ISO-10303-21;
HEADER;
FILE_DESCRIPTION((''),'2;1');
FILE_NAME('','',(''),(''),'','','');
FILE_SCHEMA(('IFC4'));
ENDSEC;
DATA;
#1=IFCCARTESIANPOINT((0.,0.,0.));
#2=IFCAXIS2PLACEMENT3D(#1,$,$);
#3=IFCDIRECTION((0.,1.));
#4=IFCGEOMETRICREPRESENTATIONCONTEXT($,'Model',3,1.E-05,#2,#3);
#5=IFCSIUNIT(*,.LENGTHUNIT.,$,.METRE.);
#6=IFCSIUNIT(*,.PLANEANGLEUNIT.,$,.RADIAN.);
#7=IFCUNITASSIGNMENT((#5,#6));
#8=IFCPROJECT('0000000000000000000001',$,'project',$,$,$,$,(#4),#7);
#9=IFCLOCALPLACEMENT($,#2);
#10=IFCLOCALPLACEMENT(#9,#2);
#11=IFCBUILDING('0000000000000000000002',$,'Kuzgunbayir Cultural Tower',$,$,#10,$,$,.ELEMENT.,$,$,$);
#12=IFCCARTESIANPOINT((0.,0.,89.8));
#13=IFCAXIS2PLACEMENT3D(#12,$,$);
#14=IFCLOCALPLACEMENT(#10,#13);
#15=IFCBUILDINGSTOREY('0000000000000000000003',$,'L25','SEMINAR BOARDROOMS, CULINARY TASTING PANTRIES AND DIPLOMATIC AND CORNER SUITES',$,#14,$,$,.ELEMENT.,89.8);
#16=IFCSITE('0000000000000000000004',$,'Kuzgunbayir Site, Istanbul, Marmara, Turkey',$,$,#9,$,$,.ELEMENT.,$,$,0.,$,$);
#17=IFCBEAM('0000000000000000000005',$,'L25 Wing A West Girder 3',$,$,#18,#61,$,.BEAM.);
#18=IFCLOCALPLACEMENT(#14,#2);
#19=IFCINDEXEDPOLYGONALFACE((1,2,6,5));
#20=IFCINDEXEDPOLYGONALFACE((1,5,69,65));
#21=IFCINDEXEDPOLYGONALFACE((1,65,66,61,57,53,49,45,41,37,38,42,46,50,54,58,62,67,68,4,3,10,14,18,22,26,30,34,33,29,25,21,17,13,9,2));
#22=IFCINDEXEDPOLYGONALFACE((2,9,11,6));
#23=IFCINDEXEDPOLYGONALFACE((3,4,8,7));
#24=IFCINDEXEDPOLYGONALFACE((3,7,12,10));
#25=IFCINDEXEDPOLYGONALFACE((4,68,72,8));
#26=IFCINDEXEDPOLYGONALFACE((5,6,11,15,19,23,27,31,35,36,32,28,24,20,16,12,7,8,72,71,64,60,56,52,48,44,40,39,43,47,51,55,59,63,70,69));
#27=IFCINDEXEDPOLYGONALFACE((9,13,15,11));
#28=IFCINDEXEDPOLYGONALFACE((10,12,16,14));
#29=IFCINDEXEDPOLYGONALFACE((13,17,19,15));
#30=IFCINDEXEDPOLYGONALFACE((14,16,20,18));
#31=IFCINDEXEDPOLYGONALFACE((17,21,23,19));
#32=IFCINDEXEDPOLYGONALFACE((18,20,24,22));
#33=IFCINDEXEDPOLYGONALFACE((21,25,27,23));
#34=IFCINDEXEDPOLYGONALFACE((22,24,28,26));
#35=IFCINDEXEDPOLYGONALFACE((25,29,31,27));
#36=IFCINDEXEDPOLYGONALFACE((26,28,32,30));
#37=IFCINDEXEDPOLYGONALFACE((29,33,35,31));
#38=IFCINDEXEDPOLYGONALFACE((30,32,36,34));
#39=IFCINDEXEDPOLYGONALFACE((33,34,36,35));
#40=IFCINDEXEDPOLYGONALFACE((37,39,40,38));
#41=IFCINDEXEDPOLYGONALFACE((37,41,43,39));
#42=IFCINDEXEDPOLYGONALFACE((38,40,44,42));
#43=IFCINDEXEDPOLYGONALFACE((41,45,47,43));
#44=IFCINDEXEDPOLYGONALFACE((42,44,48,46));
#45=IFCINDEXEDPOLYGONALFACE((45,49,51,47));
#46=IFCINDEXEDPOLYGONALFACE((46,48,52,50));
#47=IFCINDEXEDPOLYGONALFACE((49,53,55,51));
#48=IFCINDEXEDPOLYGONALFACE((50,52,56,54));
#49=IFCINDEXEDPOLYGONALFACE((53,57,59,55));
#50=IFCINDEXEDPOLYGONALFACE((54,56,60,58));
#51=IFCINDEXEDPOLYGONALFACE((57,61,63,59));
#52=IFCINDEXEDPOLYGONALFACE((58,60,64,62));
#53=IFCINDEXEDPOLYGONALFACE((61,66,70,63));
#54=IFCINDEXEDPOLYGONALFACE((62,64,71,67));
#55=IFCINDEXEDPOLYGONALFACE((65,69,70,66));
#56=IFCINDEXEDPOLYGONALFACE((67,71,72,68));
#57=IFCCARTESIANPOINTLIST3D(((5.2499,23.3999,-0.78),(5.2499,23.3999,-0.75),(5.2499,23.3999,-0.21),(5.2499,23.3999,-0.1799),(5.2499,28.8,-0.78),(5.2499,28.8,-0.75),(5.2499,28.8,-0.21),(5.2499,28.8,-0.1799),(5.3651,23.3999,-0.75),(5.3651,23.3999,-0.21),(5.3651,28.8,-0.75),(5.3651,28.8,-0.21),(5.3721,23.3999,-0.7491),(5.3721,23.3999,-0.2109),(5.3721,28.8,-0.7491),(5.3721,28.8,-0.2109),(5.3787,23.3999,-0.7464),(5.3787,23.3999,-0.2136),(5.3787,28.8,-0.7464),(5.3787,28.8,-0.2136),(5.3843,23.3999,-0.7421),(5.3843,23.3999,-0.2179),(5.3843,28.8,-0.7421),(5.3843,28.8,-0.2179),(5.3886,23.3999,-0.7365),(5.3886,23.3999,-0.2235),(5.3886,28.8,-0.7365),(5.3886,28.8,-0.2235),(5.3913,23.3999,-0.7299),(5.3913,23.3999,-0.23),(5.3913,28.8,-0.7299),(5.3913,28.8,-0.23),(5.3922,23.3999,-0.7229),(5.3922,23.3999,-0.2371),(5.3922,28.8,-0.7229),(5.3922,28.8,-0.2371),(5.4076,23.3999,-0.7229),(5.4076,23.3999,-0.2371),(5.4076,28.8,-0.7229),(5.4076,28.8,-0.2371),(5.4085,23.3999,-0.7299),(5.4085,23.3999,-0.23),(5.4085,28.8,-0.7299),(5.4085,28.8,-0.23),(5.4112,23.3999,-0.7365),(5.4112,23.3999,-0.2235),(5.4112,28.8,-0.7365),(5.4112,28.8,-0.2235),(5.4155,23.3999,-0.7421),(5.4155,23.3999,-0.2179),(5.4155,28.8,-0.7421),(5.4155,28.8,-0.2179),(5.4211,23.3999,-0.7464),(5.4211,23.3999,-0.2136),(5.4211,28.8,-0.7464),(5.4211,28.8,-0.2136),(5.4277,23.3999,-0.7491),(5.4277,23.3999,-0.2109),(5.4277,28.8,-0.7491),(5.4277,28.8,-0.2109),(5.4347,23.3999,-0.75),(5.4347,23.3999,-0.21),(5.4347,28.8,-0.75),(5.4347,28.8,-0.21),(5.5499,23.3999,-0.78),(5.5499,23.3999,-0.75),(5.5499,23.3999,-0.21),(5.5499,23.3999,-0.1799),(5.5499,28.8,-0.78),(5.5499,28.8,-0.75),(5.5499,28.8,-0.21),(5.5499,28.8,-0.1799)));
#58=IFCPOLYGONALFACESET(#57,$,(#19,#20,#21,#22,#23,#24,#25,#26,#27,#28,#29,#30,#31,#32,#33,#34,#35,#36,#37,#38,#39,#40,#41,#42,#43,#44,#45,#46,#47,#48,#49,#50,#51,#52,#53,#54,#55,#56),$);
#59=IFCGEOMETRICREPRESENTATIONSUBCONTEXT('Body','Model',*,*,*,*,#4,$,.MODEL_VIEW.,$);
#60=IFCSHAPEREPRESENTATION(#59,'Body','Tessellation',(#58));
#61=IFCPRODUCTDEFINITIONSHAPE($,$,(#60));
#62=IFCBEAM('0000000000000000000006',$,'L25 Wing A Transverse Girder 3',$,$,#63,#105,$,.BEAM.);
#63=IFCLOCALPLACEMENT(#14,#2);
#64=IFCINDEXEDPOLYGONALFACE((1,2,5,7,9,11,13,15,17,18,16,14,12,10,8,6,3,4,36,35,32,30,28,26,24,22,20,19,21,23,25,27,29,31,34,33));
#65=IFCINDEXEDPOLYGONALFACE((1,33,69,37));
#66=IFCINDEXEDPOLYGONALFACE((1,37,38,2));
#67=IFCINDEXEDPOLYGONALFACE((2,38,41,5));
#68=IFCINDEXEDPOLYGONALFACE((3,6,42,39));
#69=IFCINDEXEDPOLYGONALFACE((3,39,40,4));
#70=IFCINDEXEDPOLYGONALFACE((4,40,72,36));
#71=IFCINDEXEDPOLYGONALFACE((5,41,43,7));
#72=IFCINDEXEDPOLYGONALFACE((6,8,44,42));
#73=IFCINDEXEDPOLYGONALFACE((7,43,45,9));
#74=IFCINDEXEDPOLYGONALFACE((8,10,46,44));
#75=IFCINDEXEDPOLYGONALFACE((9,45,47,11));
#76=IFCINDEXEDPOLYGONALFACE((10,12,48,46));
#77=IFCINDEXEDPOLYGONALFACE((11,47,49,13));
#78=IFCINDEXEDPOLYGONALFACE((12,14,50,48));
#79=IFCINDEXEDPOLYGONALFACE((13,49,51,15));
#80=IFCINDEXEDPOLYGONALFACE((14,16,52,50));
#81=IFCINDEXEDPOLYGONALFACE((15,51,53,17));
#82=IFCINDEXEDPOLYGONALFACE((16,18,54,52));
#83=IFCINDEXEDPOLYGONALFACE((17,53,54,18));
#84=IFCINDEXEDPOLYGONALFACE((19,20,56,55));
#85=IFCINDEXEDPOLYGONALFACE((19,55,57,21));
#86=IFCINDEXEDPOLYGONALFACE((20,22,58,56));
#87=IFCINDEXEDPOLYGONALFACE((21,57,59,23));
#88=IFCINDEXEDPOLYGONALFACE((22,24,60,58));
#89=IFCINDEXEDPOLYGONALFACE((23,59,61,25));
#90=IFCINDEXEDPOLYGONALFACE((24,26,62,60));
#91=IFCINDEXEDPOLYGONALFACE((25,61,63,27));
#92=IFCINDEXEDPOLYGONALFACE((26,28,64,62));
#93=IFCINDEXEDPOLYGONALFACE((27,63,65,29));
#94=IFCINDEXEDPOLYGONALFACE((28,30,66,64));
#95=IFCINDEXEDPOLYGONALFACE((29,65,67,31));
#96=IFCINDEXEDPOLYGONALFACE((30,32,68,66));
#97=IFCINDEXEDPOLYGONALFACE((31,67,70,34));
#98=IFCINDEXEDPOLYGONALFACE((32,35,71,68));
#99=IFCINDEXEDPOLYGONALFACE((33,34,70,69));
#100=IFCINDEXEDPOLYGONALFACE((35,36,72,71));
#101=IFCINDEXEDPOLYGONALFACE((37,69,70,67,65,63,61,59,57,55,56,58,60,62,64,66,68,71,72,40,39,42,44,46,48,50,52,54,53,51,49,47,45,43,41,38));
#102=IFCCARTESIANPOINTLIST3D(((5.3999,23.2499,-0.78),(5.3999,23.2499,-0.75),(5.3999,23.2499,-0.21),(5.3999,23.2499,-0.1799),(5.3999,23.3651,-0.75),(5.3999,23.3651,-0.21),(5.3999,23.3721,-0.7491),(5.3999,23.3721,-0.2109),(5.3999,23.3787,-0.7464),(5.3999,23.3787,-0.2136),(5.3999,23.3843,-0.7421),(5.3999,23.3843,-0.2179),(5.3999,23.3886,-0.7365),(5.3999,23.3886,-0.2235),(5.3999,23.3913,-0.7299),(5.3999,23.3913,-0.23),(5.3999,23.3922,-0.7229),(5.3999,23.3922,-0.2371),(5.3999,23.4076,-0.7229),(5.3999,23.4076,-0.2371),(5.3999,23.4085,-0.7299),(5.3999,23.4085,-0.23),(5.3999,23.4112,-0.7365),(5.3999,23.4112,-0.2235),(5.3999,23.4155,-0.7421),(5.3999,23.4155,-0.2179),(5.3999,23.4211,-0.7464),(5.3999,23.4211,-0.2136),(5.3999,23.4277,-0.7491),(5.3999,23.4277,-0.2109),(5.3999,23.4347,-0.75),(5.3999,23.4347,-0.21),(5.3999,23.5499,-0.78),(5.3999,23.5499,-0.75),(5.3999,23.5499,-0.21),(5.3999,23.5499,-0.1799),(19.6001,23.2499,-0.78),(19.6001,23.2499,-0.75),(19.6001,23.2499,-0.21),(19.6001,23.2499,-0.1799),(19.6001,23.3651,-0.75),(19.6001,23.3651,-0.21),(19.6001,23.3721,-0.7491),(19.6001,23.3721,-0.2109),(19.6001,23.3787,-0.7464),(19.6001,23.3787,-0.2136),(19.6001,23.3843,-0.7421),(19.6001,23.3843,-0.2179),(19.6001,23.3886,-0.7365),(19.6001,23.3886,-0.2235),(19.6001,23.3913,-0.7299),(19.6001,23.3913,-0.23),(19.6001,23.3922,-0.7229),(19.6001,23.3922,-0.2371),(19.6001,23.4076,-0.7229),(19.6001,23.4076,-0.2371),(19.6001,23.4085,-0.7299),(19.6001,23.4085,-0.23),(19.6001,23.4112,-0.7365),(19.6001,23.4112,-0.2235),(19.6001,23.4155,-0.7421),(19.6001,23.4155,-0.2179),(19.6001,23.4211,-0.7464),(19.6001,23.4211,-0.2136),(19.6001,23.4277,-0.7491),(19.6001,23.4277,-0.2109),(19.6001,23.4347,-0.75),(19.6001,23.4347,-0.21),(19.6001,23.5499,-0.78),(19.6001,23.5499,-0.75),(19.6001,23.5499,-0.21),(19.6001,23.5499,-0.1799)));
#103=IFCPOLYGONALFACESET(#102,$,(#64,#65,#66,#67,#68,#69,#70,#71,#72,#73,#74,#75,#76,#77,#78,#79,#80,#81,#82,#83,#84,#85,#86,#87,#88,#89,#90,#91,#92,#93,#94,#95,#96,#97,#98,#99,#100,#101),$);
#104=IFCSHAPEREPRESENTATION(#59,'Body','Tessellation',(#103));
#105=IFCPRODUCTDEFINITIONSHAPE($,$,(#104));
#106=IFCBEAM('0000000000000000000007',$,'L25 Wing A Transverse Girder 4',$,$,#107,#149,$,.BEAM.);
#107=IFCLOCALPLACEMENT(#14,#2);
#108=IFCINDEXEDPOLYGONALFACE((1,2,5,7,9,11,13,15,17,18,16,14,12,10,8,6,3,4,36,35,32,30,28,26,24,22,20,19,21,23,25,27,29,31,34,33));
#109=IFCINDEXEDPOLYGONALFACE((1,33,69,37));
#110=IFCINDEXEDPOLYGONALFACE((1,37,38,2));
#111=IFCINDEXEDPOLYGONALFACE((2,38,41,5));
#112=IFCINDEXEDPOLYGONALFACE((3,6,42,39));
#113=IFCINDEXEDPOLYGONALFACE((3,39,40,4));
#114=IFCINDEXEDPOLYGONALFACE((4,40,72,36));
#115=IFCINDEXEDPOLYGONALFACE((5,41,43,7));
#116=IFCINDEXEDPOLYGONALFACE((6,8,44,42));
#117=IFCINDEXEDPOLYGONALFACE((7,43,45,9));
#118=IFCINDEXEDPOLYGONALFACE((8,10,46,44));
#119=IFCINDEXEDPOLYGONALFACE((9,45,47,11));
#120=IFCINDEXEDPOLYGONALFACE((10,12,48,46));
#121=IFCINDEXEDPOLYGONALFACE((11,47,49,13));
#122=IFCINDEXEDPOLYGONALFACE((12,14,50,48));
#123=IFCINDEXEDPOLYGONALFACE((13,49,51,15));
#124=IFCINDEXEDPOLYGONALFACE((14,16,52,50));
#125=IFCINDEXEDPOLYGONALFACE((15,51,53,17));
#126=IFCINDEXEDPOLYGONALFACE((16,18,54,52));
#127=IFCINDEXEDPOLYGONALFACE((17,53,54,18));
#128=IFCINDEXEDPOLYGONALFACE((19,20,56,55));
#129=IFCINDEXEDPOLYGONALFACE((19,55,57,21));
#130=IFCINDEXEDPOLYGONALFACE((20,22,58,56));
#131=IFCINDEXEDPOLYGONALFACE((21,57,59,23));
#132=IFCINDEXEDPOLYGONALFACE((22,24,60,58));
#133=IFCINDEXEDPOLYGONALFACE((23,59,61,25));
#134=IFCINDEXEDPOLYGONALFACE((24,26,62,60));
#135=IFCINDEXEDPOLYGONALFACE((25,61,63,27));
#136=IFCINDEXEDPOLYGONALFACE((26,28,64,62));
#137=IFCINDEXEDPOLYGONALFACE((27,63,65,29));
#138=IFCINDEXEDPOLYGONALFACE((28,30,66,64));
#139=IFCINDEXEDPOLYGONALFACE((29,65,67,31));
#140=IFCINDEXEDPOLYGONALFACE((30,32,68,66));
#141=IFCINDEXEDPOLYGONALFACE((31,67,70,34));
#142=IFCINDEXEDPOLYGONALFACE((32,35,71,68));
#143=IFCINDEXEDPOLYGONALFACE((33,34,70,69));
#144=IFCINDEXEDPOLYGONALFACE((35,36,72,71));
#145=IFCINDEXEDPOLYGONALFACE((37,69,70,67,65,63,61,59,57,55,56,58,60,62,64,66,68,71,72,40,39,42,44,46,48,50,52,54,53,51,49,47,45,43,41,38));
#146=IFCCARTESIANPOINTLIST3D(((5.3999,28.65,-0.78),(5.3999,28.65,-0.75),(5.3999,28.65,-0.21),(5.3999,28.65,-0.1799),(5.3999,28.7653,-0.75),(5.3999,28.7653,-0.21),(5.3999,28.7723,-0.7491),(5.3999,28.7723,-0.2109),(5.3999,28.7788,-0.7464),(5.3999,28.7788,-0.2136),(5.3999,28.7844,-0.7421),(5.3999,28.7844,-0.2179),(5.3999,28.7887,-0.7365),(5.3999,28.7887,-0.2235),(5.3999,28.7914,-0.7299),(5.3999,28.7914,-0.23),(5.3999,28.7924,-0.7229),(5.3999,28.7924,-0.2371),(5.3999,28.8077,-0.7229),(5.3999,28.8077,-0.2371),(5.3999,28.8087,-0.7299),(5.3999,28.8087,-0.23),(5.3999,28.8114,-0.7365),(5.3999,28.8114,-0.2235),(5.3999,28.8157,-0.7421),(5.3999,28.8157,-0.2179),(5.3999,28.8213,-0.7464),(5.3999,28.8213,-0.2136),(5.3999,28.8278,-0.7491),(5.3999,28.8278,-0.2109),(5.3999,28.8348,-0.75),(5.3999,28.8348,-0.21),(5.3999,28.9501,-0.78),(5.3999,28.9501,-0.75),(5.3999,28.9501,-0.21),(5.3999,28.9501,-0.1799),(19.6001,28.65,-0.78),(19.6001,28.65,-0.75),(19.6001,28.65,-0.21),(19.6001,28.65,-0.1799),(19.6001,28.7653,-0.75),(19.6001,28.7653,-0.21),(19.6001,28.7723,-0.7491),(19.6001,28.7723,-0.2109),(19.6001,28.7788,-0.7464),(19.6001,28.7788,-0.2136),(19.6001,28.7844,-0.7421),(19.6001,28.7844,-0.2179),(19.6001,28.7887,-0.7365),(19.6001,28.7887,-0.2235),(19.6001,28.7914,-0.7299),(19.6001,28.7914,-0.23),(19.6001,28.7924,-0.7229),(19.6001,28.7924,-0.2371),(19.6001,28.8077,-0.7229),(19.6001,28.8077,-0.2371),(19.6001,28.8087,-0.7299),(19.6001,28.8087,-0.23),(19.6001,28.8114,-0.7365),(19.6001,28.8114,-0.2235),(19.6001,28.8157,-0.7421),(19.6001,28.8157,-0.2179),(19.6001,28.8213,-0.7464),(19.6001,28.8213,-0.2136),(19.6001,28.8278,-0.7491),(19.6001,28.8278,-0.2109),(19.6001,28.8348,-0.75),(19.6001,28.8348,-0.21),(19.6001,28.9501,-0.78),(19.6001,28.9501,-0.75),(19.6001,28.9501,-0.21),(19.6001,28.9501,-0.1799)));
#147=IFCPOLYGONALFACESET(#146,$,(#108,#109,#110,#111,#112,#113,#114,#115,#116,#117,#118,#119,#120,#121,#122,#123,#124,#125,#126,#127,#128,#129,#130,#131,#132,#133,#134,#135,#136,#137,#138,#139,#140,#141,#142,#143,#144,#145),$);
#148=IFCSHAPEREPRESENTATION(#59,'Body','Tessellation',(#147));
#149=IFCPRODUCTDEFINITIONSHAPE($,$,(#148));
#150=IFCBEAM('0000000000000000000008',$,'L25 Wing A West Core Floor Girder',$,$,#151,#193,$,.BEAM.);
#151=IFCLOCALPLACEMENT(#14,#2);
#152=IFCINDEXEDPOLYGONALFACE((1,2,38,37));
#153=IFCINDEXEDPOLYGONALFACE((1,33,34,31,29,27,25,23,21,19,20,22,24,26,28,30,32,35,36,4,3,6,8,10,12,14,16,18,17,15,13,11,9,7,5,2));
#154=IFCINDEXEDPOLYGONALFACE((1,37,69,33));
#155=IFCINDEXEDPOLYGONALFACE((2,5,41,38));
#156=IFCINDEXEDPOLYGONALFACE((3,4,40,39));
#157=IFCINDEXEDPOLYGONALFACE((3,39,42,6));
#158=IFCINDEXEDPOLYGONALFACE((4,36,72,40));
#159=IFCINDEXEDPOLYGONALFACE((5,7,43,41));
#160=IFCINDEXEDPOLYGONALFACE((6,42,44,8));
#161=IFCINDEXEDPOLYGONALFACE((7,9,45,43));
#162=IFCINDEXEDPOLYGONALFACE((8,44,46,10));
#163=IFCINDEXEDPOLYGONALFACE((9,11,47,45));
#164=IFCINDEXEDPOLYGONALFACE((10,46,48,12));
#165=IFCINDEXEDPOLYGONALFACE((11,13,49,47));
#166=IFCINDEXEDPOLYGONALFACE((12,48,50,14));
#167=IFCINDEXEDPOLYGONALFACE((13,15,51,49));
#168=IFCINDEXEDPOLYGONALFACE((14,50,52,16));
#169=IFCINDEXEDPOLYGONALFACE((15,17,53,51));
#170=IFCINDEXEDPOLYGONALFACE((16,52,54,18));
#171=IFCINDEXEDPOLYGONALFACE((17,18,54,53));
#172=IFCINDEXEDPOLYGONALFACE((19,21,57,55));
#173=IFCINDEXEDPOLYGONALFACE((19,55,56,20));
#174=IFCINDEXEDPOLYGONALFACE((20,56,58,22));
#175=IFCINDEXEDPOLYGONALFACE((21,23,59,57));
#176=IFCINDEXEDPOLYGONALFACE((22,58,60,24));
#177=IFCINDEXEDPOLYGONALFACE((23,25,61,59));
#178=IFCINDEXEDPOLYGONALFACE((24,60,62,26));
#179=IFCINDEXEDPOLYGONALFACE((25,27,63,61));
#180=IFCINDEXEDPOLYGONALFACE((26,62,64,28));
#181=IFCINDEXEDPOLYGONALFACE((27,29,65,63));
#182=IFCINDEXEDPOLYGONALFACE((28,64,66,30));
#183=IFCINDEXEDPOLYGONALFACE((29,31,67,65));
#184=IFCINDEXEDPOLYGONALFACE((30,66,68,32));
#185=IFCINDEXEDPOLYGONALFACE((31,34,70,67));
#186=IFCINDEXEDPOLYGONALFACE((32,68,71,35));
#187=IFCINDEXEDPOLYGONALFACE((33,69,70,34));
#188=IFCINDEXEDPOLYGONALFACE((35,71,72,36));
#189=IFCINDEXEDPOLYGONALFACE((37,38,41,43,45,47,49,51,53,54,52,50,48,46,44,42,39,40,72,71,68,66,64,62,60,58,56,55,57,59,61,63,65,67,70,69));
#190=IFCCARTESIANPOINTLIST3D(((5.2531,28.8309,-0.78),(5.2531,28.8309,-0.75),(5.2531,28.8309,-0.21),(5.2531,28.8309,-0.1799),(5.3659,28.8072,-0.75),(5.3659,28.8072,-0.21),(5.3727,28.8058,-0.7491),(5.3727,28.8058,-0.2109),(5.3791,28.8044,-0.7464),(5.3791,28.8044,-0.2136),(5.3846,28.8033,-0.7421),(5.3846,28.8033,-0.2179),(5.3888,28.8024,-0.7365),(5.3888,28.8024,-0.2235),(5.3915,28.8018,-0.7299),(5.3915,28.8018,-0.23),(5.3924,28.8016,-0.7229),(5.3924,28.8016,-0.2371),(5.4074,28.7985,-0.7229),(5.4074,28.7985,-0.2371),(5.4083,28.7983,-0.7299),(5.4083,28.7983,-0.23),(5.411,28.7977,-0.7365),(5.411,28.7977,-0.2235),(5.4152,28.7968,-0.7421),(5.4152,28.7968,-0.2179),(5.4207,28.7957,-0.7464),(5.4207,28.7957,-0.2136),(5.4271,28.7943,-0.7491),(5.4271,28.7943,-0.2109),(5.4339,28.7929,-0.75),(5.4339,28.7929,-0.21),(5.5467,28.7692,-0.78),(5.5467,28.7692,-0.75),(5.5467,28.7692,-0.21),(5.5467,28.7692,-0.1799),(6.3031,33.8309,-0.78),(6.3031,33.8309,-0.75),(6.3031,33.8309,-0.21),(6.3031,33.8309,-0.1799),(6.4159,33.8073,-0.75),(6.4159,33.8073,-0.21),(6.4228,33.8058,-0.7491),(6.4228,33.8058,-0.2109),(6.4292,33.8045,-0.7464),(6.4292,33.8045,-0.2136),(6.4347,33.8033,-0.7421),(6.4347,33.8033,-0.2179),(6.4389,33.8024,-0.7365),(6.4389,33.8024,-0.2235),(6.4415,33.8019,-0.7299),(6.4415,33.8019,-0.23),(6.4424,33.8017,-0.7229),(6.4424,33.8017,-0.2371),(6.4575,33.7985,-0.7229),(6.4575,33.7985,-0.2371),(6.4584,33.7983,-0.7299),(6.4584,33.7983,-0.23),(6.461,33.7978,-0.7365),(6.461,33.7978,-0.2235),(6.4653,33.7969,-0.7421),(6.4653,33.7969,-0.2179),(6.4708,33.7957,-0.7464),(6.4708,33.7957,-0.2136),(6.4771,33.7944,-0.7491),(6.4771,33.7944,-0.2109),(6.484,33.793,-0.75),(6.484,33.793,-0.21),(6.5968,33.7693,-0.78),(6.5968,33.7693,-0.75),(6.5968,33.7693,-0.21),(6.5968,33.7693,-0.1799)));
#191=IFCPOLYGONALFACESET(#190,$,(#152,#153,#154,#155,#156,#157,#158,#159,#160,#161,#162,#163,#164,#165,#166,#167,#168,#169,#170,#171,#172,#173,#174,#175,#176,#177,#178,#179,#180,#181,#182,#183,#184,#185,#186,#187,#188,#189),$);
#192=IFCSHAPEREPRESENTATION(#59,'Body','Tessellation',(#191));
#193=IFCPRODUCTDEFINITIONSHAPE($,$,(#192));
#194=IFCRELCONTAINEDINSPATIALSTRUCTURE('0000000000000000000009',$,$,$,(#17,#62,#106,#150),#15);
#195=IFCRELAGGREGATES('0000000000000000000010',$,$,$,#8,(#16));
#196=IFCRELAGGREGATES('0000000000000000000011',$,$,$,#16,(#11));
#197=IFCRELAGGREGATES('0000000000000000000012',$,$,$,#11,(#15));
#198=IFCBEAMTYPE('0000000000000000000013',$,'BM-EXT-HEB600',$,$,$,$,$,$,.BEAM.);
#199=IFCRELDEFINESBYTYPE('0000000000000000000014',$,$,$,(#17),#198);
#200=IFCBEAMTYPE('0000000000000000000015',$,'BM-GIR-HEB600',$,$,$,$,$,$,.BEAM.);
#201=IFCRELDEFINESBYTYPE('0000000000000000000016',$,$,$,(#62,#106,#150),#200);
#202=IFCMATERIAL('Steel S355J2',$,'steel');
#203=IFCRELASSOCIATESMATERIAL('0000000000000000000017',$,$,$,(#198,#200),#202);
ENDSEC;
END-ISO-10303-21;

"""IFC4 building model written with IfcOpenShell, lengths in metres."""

from ifc_helpers import new_model, si_unit, direction, frame, origin, origin_2d, place, context, subcontext, project, spatial, i_section, extrude, material, material_profile, profile_set, type_object, element, save


model = new_model("IFC4")

# Units and contexts
model_context = context("Model", 3, precision=1e-05, world=origin(), true_north=direction((0.0, 1.0)))
body_context = subcontext(model_context, "Body", "Model", "MODEL_VIEW")
ifc_project = project(units=[si_unit("LENGTHUNIT", "METRE"), si_unit("PLANEANGLEUNIT", "RADIAN")], contexts=[model_context])

# Site, building, storey
site_placement = place(None, origin())
site = spatial("IfcSite", under=ifc_project, at=site_placement, Name="Kuzgunbayir Site, Istanbul, Marmara, Turkey", CompositionType="ELEMENT", RefElevation=0.0)
building_placement = place(site_placement, origin())
building = spatial("IfcBuilding", under=site, at=building_placement, Name="Kuzgunbayir Cultural Tower", CompositionType="ELEMENT")
storey_placement = place(building_placement, frame((0.0, 0.0, 89.8)))
storey = spatial("IfcBuildingStorey", under=building, at=storey_placement, Name="L25", Description="SEMINAR BOARDROOMS, CULINARY TASTING PANTRIES AND DIPLOMATIC AND CORNER SUITES", CompositionType="ELEMENT", Elevation=89.8)

# Beams
ifc_material_1 = material(Name="Steel S355J2", Category="steel")
ifc_material_profile_1 = material_profile(ifc_material_1, i_section(OverallWidth=0.3, OverallDepth=0.6001, WebThickness=0.0154, FlangeThickness=0.03, FilletRadius=0.0271, at=origin_2d()), Name="HEB 600")
ifc_profile_set_1 = profile_set([ifc_material_profile_1], Name="Steel S355J2")
beam_type_1 = type_object("IfcBeamType", Name="BM-EXT-HEB600", PredefinedType="BEAM", material=ifc_profile_set_1)
beam_1_placement = place(storey_placement, frame((5.3999, 23.3999, -0.48), z_axis=(0.0, 1.0, 0.0), x_axis=(-1.0, 0.0, 0.0)))
element("IfcBeam", 1, at=beam_1_placement, inside=storey, type_object=beam_type_1, Name="L25 Wing A West Girder 3", PredefinedType="BEAM", context=body_context, shape_type="SweptSolid", body=[
    extrude(i_section(OverallWidth=0.3, OverallDepth=0.6001, WebThickness=0.0154, FlangeThickness=0.03, FilletRadius=0.0271, at=origin_2d()), origin(), (0.0, 0.0, 1.0), 5.4001),
])
ifc_material_profile_2 = material_profile(ifc_material_1, i_section(OverallWidth=0.3, OverallDepth=0.6001, WebThickness=0.0154, FlangeThickness=0.03, FilletRadius=0.0271, at=origin_2d()), Name="HEB 600")
ifc_profile_set_2 = profile_set([ifc_material_profile_2], Name="Steel S355J2")
beam_type_2 = type_object("IfcBeamType", Name="BM-GIR-HEB600", PredefinedType="BEAM", material=ifc_profile_set_2)
for number, where, z_axis, x_axis, name in (
    (2, (5.3999, 23.3999, -0.48), (1.0, 0.0, 0.0), (0.0, 1.0, 0.0), "L25 Wing A Transverse Girder 3"),
    (3, (5.3999, 28.8, -0.48), (1.0, 0.0, 0.0), (0.0, 1.0, 0.0), "L25 Wing A Transverse Girder 4"),
):
    element("IfcBeam", number, at=place(storey_placement, frame(where, z_axis=z_axis, x_axis=x_axis)), inside=storey, type_object=beam_type_2, Name=name, PredefinedType="BEAM", context=body_context, shape_type="SweptSolid", body=[
        extrude(i_section(OverallWidth=0.3, OverallDepth=0.6001, WebThickness=0.0154, FlangeThickness=0.03, FilletRadius=0.0271, at=origin_2d()), origin(), (0.0, 0.0, 1.0), 14.2002),
    ])
beam_2_placement = place(storey_placement, frame((5.3999, 28.8, -0.48), z_axis=(0.205526, 0.978652, 0.0), x_axis=(-0.978652, 0.205526, 0.0)))
element("IfcBeam", 4, at=beam_2_placement, inside=storey, type_object=beam_type_2, Name="L25 Wing A West Core Floor Girder", PredefinedType="BEAM", context=body_context, shape_type="SweptSolid", body=[
    extrude(i_section(OverallWidth=0.3, OverallDepth=0.6001, WebThickness=0.0154, FlangeThickness=0.03, FilletRadius=0.0271, at=origin_2d()), origin(), (0.0, 0.0, 1.0), 5.1091),
])

save(model, "model.ifc")
